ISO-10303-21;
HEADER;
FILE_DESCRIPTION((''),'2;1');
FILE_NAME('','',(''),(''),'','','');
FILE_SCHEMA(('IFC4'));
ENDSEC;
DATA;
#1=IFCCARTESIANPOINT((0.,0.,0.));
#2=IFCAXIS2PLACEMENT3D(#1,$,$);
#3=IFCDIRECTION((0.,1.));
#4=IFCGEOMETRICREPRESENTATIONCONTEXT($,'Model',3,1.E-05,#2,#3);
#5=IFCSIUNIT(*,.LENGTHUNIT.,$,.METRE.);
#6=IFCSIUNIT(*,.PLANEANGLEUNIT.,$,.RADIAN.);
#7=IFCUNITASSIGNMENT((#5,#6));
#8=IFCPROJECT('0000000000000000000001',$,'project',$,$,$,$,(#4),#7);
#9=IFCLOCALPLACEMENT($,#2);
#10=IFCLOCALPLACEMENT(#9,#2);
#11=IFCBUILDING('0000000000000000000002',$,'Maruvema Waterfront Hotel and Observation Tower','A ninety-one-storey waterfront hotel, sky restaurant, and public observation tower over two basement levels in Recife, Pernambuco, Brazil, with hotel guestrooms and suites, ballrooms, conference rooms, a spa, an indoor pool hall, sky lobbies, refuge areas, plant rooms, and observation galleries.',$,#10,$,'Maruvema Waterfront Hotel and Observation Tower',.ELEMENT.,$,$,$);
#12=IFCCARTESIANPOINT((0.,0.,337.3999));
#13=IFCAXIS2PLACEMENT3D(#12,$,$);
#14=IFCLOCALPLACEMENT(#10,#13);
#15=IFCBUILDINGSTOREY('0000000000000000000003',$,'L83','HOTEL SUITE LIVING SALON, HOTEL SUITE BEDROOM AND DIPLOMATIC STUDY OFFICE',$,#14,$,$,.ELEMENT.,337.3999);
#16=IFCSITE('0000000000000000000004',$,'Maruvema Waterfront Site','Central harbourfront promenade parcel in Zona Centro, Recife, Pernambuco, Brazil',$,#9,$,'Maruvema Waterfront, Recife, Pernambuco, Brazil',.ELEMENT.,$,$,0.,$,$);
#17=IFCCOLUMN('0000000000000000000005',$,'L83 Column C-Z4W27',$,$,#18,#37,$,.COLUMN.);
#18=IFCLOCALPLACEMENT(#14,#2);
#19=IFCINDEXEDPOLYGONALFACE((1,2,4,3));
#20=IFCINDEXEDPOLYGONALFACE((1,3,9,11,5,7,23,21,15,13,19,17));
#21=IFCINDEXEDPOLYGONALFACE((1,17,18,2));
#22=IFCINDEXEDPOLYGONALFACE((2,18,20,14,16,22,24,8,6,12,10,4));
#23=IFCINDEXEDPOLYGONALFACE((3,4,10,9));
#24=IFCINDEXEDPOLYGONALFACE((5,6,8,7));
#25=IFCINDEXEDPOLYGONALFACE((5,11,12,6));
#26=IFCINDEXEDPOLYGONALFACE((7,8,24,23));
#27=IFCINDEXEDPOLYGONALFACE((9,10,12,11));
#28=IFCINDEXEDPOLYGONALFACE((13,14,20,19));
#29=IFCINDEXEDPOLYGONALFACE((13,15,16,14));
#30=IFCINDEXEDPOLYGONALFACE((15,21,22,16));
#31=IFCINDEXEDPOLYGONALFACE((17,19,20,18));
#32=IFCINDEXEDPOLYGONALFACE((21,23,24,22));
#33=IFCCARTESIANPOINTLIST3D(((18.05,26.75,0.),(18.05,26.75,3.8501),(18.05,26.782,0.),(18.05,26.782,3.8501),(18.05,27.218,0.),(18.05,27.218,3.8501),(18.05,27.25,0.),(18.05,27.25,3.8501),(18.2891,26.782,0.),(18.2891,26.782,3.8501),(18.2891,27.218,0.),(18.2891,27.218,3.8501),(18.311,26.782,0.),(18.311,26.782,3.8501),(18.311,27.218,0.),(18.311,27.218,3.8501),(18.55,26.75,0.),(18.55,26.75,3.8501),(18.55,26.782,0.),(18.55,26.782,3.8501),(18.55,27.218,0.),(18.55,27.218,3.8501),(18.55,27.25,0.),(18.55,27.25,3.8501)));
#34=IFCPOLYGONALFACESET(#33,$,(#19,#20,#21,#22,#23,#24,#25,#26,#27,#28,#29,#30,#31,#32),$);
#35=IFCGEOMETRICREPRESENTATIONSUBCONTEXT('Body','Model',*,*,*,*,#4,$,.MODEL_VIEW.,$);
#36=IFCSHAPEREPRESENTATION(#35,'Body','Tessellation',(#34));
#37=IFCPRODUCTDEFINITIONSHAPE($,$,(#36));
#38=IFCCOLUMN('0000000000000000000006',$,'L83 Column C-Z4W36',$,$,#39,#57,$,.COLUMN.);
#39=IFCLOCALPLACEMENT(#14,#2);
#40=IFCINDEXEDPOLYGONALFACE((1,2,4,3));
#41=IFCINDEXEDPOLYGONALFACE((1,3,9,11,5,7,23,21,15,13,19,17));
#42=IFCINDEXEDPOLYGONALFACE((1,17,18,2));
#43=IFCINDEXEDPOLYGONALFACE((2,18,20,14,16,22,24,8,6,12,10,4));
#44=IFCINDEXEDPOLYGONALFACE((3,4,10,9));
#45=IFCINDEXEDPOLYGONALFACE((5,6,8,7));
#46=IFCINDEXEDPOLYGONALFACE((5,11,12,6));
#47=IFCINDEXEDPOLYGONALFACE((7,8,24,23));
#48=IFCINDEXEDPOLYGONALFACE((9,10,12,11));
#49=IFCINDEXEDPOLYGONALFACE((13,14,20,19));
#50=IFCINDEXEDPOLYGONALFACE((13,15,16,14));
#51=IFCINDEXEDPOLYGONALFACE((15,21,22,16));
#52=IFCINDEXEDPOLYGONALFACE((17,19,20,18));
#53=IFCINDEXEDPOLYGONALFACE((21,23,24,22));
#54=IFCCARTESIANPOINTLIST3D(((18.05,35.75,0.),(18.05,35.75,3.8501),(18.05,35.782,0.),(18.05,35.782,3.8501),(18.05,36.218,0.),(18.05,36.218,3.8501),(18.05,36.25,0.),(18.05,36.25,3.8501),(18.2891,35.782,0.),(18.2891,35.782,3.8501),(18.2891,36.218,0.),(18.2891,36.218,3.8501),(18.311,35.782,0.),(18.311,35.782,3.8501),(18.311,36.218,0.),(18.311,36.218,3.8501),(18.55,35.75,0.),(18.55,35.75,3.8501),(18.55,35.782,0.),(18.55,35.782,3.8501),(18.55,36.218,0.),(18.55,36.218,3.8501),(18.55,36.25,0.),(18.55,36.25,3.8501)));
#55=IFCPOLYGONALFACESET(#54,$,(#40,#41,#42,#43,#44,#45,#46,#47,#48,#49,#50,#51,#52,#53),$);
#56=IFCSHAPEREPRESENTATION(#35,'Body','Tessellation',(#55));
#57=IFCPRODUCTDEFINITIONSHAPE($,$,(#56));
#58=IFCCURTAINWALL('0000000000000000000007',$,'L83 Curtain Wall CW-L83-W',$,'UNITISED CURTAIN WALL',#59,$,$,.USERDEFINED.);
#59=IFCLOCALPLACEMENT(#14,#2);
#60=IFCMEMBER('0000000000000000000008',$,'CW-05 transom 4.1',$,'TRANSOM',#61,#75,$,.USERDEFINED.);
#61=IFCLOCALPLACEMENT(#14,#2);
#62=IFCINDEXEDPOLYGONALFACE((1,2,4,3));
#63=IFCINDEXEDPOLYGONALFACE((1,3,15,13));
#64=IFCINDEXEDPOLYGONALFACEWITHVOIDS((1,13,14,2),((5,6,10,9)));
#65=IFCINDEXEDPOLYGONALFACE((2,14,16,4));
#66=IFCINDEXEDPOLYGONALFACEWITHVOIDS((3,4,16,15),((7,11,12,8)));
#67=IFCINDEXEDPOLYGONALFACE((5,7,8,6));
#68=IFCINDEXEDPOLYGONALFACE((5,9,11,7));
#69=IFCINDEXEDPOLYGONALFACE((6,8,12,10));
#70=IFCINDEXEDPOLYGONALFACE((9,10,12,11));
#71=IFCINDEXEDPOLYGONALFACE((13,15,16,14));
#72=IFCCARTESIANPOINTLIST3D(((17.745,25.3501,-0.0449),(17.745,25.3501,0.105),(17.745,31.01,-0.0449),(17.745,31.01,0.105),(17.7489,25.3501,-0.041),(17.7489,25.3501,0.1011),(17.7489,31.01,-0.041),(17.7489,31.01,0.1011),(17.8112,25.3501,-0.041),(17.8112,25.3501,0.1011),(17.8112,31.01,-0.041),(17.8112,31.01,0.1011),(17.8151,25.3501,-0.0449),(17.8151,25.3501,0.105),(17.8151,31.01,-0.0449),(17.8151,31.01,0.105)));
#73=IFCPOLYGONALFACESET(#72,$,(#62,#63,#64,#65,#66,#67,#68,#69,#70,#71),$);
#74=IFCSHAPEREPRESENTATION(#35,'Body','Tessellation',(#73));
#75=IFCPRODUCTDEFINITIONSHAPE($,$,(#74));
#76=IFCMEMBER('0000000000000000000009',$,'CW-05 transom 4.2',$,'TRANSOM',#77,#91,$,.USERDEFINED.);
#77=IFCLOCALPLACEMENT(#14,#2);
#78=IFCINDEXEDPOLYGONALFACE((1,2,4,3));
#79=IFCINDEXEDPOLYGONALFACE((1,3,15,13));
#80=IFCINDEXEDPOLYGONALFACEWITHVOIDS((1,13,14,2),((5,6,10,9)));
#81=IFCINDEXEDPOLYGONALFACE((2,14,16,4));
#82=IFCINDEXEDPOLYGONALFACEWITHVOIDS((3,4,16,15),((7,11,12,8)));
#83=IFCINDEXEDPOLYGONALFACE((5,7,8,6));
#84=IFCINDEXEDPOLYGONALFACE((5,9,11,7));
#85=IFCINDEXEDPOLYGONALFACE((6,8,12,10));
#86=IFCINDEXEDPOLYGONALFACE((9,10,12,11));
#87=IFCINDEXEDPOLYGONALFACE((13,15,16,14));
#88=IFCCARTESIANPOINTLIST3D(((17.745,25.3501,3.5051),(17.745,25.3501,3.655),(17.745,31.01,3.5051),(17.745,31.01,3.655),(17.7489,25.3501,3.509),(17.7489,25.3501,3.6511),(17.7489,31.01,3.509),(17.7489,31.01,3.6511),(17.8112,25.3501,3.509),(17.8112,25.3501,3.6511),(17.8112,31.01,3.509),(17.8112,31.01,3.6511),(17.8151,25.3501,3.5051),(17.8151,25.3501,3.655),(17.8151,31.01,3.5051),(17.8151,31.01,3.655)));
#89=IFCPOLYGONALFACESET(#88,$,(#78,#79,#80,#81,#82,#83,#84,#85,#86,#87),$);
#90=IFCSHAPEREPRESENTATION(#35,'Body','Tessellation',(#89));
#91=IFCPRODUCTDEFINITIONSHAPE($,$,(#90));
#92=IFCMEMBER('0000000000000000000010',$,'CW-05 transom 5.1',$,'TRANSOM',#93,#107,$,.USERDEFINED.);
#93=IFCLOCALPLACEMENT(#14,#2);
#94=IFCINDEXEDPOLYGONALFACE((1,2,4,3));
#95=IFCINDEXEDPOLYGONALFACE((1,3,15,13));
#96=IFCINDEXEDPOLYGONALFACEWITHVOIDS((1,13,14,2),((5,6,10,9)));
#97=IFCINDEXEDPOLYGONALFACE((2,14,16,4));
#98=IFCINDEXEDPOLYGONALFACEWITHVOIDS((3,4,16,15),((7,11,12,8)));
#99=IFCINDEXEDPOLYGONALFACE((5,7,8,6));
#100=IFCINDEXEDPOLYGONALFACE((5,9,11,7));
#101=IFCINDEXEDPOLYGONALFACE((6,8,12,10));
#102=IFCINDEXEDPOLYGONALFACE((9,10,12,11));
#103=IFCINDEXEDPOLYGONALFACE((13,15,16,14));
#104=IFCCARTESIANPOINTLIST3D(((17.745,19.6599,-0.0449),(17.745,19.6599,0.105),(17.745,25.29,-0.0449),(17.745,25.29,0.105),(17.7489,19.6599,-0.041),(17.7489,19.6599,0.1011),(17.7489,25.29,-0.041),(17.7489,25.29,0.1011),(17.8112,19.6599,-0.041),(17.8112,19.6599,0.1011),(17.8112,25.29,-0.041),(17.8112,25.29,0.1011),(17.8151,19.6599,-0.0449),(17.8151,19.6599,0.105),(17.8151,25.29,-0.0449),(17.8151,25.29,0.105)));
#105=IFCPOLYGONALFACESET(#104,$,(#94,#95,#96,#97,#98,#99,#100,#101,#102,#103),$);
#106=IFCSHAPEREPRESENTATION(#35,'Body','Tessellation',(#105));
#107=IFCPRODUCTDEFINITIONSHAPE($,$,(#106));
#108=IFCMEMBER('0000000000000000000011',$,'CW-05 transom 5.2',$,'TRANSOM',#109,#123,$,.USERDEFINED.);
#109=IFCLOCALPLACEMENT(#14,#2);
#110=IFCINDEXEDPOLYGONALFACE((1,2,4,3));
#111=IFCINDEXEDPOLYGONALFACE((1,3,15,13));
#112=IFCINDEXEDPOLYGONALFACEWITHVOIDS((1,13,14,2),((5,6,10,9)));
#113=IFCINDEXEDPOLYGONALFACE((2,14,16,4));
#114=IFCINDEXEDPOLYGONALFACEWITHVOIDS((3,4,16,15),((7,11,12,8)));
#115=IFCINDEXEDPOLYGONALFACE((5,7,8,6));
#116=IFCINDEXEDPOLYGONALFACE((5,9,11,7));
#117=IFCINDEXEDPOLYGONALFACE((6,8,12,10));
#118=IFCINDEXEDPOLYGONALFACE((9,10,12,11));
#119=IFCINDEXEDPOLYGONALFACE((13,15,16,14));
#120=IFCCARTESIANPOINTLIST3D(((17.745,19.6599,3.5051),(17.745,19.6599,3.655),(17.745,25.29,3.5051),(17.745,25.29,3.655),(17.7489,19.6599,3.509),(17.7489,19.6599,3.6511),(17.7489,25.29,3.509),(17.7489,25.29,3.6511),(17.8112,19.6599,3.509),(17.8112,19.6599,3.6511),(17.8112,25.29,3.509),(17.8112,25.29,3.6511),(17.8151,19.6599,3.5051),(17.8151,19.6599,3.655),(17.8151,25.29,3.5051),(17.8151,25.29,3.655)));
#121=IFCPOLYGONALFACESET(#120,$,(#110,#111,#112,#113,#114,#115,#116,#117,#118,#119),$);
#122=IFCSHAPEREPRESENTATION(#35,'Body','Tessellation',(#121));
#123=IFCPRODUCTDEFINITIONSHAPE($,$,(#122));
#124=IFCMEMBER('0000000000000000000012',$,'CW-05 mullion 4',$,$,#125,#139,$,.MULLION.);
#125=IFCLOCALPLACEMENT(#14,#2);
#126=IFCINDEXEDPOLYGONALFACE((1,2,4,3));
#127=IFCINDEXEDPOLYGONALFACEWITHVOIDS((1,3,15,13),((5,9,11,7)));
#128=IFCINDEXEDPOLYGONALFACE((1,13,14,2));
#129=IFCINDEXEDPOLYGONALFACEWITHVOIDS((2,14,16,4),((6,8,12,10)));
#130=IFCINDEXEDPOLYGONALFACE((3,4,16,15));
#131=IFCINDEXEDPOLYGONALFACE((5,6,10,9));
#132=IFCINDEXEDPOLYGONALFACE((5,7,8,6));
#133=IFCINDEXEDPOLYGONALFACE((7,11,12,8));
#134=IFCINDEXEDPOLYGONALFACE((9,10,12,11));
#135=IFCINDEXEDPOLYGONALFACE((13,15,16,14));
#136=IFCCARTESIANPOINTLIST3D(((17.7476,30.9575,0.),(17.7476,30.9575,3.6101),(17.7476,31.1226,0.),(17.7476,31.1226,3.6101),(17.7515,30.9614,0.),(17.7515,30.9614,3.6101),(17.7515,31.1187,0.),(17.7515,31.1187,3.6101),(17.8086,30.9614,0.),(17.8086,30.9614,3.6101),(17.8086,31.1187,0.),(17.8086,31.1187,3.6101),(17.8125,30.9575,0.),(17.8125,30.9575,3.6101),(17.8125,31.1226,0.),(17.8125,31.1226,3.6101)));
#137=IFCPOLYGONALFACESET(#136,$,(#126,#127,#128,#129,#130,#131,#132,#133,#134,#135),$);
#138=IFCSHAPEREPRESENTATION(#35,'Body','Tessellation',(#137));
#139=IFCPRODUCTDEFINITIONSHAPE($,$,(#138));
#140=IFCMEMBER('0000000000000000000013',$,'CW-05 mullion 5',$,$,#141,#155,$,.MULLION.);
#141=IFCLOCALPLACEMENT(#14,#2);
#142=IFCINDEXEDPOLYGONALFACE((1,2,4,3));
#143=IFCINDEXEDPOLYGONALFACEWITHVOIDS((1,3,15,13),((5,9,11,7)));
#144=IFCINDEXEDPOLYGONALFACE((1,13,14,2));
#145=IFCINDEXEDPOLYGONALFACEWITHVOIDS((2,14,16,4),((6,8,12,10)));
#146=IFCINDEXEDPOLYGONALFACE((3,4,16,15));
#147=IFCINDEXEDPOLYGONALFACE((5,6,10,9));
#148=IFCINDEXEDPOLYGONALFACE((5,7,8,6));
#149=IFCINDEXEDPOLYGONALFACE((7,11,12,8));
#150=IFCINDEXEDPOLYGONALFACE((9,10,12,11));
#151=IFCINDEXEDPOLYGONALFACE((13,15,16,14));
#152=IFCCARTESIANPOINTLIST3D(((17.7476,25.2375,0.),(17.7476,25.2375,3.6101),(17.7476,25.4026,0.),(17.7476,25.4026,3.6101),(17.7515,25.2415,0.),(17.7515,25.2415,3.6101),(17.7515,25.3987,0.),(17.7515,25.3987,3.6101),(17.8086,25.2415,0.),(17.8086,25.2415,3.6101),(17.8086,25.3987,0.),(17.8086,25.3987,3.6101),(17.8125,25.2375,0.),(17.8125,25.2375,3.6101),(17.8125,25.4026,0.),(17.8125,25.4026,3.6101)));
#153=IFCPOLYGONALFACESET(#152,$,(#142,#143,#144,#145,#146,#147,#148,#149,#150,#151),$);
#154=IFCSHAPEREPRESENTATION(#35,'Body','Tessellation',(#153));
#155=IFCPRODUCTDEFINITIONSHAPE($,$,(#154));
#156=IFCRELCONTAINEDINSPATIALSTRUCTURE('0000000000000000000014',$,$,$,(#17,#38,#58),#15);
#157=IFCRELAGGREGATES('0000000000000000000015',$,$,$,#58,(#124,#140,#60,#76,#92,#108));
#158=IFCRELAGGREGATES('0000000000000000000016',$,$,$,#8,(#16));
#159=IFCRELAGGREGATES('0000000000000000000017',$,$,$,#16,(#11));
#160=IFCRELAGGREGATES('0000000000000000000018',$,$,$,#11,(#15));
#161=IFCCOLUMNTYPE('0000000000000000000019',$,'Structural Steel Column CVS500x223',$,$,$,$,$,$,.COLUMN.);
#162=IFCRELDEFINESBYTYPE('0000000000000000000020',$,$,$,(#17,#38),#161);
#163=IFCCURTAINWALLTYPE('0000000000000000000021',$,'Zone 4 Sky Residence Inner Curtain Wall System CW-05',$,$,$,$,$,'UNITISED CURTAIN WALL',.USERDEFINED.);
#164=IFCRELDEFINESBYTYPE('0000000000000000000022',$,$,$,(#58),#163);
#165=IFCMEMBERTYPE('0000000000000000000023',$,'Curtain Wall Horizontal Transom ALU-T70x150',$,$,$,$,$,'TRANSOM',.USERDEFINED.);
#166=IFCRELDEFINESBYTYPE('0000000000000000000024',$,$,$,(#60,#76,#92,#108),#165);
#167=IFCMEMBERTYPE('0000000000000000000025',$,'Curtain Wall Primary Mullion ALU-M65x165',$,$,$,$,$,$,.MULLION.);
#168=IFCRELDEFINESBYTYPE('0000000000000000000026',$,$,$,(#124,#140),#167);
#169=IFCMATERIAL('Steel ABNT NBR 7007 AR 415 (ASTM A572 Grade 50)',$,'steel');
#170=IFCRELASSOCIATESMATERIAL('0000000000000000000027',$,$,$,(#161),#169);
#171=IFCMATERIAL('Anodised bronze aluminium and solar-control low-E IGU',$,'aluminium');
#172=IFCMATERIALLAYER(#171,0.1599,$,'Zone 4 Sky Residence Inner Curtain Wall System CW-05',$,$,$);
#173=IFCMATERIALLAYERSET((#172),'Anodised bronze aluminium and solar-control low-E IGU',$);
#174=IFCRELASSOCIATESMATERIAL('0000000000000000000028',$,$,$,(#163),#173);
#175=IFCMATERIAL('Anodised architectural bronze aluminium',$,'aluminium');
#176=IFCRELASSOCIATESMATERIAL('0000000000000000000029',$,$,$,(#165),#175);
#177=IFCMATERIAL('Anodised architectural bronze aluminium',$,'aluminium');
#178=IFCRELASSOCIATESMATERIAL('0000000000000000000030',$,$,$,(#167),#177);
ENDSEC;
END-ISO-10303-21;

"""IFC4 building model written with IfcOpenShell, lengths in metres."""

from ifc_helpers import new_model, si_unit, direction, frame, origin, origin_2d, place, context, subcontext, project, spatial, hollow_rectangle, i_section, extrude, material, layer, layer_set, material_profile, profile_set, type_object, element, aggregate, save


model = new_model("IFC4")

# Units and contexts
model_context = context("Model", 3, precision=1e-05, world=origin(), true_north=direction((0.0, 1.0)))
body_context = subcontext(model_context, "Body", "Model", "MODEL_VIEW")
ifc_project = project(units=[si_unit("LENGTHUNIT", "METRE"), si_unit("PLANEANGLEUNIT", "RADIAN")], contexts=[model_context])

# Site, building, storey
site_placement = place(None, origin())
site = spatial("IfcSite", under=ifc_project, at=site_placement, Name="Maruvema Waterfront Site", Description="Central harbourfront promenade parcel in Zona Centro, Recife, Pernambuco, Brazil", LongName="Maruvema Waterfront, Recife, Pernambuco, Brazil", CompositionType="ELEMENT", RefElevation=0.0)
building_placement = place(site_placement, origin())
building = spatial("IfcBuilding", under=site, at=building_placement, Name="Maruvema Waterfront Hotel and Observation Tower", Description="A ninety-one-storey waterfront hotel, sky restaurant, and public observation tower over two basement levels in Recife, Pernambuco, Brazil, with hotel guestrooms and suites, ballrooms, conference rooms, a spa, an indoor pool hall, sky lobbies, refuge areas, plant rooms, and observation galleries.", LongName="Maruvema Waterfront Hotel and Observation Tower", CompositionType="ELEMENT")
storey_placement = place(building_placement, frame((0.0, 0.0, 337.3999)))
storey = spatial("IfcBuildingStorey", under=building, at=storey_placement, Name="L83", Description="HOTEL SUITE LIVING SALON, HOTEL SUITE BEDROOM AND DIPLOMATIC STUDY OFFICE", CompositionType="ELEMENT", Elevation=337.3999)

# Columns
ifc_material_1 = material(Name="Steel ABNT NBR 7007 AR 415 (ASTM A572 Grade 50)", Category="steel")
ifc_material_profile_1 = material_profile(ifc_material_1, i_section(OverallWidth=0.5, OverallDepth=0.5, WebThickness=0.022, FlangeThickness=0.032, at=origin_2d()), Name="CVS500x223")
ifc_profile_set_1 = profile_set([ifc_material_profile_1], Name="Steel ABNT NBR 7007 AR 415 (ASTM A572 Grade 50)")
column_type = type_object("IfcColumnType", Name="Structural Steel Column CVS500x223", PredefinedType="COLUMN", material=ifc_profile_set_1)
for number, where, z_axis, x_axis, name in (
    (1, (18.3, 27.0, 0.0), (0.0, 0.0, 1.0), (1.0, 0.0, 0.0), "L83 Column C-Z4W27"),
    (2, (18.3, 36.0, 0.0), (0.0, 0.0, 1.0), (1.0, 0.0, 0.0), "L83 Column C-Z4W36"),
):
    element("IfcColumn", number, at=place(storey_placement, frame(where, z_axis=z_axis, x_axis=x_axis)), inside=storey, type_object=column_type, Name=name, PredefinedType="COLUMN", context=body_context, shape_type="SweptSolid", body=[
        extrude(i_section(OverallWidth=0.5, OverallDepth=0.5, WebThickness=0.022, FlangeThickness=0.032, at=origin_2d()), origin(), (0.0, 0.0, 1.0), 3.8501),
    ])

# Curtain wall, members
ifc_material_2 = material(Name="Anodised bronze aluminium and solar-control low-E IGU", Category="aluminium")
ifc_layer_1 = layer(ifc_material_2, 0.1599, Name="Zone 4 Sky Residence Inner Curtain Wall System CW-05")
ifc_layer_set_1 = layer_set([ifc_layer_1], Name="Anodised bronze aluminium and solar-control low-E IGU")
curtain_wall_type = type_object("IfcCurtainWallType", Name="Zone 4 Sky Residence Inner Curtain Wall System CW-05", ElementType="UNITISED CURTAIN WALL", PredefinedType="USERDEFINED", material=ifc_layer_set_1)
curtain_wall_placement = place(storey_placement, origin())
curtain_wall = element("IfcCurtainWall", 3, at=curtain_wall_placement, inside=storey, type_object=curtain_wall_type, Name="L83 Curtain Wall CW-L83-W", ObjectType="UNITISED CURTAIN WALL", PredefinedType="USERDEFINED")
ifc_material_3 = material(Name="Anodised architectural bronze aluminium", Category="aluminium")
ifc_material_profile_2 = material_profile(ifc_material_3, hollow_rectangle(XDim=0.0701, YDim=0.1499, WallThickness=0.0039, at=origin_2d()), Name="ALU-T70x150")
ifc_profile_set_2 = profile_set([ifc_material_profile_2], Name="Anodised architectural bronze aluminium")
member_type_1 = type_object("IfcMemberType", Name="Curtain Wall Horizontal Transom ALU-T70x150", ElementType="TRANSOM", PredefinedType="USERDEFINED", material=ifc_profile_set_2)
member_1_placement = place(storey_placement, frame((17.78, 31.01, 0.03), z_axis=(0.0, -1.0, 0.0), x_axis=(1.0, 0.0, 0.0)))
member_1 = element("IfcMember", 4, at=member_1_placement, type_object=member_type_1, Name="CW-05 transom 4.1", ObjectType="TRANSOM", PredefinedType="USERDEFINED", context=body_context, shape_type="SweptSolid", body=[
    extrude(hollow_rectangle(XDim=0.0701, YDim=0.1499, WallThickness=0.0039, at=origin_2d()), origin(), (0.0, 0.0, 1.0), 5.6599),
])
member_2_placement = place(storey_placement, frame((17.78, 31.01, 3.5801), z_axis=(0.0, -1.0, 0.0), x_axis=(1.0, 0.0, 0.0)))
member_2 = element("IfcMember", 5, at=member_2_placement, type_object=member_type_1, Name="CW-05 transom 4.2", ObjectType="TRANSOM", PredefinedType="USERDEFINED", context=body_context, shape_type="SweptSolid", body=[
    extrude(hollow_rectangle(XDim=0.0701, YDim=0.1499, WallThickness=0.0039, at=origin_2d()), origin(), (0.0, 0.0, 1.0), 5.6599),
])
member_3_placement = place(storey_placement, frame((17.78, 25.29, 0.03), z_axis=(0.0, -1.0, 0.0), x_axis=(1.0, 0.0, 0.0)))
member_3 = element("IfcMember", 6, at=member_3_placement, type_object=member_type_1, Name="CW-05 transom 5.1", ObjectType="TRANSOM", PredefinedType="USERDEFINED", context=body_context, shape_type="SweptSolid", body=[
    extrude(hollow_rectangle(XDim=0.0701, YDim=0.1499, WallThickness=0.0039, at=origin_2d()), origin(), (0.0, 0.0, 1.0), 5.6301),
])
member_4_placement = place(storey_placement, frame((17.78, 25.29, 3.5801), z_axis=(0.0, -1.0, 0.0), x_axis=(1.0, 0.0, 0.0)))
member_4 = element("IfcMember", 7, at=member_4_placement, type_object=member_type_1, Name="CW-05 transom 5.2", ObjectType="TRANSOM", PredefinedType="USERDEFINED", context=body_context, shape_type="SweptSolid", body=[
    extrude(hollow_rectangle(XDim=0.0701, YDim=0.1499, WallThickness=0.0039, at=origin_2d()), origin(), (0.0, 0.0, 1.0), 5.6301),
])
ifc_material_4 = material(Name="Anodised architectural bronze aluminium", Category="aluminium")
ifc_material_profile_3 = material_profile(ifc_material_4, hollow_rectangle(XDim=0.0649, YDim=0.165, WallThickness=0.0039, at=origin_2d()), Name="ALU-M65x165")
ifc_profile_set_3 = profile_set([ifc_material_profile_3], Name="Anodised architectural bronze aluminium")
member_type_2 = type_object("IfcMemberType", Name="Curtain Wall Primary Mullion ALU-M65x165", PredefinedType="MULLION", material=ifc_profile_set_3)
member_5_placement = place(storey_placement, frame((17.78, 31.04, 0.0), z_axis=(0.0, 0.0, 1.0), x_axis=(1.0, 0.0, 0.0)))
member_5 = element("IfcMember", 8, at=member_5_placement, type_object=member_type_2, Name="CW-05 mullion 4", PredefinedType="MULLION", context=body_context, shape_type="SweptSolid", body=[
    extrude(hollow_rectangle(XDim=0.0649, YDim=0.165, WallThickness=0.0039, at=origin_2d()), origin(), (0.0, 0.0, 1.0), 3.6101),
])
member_6_placement = place(storey_placement, frame((17.78, 25.3201, 0.0), z_axis=(0.0, 0.0, 1.0), x_axis=(1.0, 0.0, 0.0)))
member_6 = element("IfcMember", 9, at=member_6_placement, type_object=member_type_2, Name="CW-05 mullion 5", PredefinedType="MULLION", context=body_context, shape_type="SweptSolid", body=[
    extrude(hollow_rectangle(XDim=0.0649, YDim=0.165, WallThickness=0.0039, at=origin_2d()), origin(), (0.0, 0.0, 1.0), 3.6101),
])

aggregate(curtain_wall, [member_5, member_6, member_1, member_2, member_3, member_4])

save(model, "model.ifc")
